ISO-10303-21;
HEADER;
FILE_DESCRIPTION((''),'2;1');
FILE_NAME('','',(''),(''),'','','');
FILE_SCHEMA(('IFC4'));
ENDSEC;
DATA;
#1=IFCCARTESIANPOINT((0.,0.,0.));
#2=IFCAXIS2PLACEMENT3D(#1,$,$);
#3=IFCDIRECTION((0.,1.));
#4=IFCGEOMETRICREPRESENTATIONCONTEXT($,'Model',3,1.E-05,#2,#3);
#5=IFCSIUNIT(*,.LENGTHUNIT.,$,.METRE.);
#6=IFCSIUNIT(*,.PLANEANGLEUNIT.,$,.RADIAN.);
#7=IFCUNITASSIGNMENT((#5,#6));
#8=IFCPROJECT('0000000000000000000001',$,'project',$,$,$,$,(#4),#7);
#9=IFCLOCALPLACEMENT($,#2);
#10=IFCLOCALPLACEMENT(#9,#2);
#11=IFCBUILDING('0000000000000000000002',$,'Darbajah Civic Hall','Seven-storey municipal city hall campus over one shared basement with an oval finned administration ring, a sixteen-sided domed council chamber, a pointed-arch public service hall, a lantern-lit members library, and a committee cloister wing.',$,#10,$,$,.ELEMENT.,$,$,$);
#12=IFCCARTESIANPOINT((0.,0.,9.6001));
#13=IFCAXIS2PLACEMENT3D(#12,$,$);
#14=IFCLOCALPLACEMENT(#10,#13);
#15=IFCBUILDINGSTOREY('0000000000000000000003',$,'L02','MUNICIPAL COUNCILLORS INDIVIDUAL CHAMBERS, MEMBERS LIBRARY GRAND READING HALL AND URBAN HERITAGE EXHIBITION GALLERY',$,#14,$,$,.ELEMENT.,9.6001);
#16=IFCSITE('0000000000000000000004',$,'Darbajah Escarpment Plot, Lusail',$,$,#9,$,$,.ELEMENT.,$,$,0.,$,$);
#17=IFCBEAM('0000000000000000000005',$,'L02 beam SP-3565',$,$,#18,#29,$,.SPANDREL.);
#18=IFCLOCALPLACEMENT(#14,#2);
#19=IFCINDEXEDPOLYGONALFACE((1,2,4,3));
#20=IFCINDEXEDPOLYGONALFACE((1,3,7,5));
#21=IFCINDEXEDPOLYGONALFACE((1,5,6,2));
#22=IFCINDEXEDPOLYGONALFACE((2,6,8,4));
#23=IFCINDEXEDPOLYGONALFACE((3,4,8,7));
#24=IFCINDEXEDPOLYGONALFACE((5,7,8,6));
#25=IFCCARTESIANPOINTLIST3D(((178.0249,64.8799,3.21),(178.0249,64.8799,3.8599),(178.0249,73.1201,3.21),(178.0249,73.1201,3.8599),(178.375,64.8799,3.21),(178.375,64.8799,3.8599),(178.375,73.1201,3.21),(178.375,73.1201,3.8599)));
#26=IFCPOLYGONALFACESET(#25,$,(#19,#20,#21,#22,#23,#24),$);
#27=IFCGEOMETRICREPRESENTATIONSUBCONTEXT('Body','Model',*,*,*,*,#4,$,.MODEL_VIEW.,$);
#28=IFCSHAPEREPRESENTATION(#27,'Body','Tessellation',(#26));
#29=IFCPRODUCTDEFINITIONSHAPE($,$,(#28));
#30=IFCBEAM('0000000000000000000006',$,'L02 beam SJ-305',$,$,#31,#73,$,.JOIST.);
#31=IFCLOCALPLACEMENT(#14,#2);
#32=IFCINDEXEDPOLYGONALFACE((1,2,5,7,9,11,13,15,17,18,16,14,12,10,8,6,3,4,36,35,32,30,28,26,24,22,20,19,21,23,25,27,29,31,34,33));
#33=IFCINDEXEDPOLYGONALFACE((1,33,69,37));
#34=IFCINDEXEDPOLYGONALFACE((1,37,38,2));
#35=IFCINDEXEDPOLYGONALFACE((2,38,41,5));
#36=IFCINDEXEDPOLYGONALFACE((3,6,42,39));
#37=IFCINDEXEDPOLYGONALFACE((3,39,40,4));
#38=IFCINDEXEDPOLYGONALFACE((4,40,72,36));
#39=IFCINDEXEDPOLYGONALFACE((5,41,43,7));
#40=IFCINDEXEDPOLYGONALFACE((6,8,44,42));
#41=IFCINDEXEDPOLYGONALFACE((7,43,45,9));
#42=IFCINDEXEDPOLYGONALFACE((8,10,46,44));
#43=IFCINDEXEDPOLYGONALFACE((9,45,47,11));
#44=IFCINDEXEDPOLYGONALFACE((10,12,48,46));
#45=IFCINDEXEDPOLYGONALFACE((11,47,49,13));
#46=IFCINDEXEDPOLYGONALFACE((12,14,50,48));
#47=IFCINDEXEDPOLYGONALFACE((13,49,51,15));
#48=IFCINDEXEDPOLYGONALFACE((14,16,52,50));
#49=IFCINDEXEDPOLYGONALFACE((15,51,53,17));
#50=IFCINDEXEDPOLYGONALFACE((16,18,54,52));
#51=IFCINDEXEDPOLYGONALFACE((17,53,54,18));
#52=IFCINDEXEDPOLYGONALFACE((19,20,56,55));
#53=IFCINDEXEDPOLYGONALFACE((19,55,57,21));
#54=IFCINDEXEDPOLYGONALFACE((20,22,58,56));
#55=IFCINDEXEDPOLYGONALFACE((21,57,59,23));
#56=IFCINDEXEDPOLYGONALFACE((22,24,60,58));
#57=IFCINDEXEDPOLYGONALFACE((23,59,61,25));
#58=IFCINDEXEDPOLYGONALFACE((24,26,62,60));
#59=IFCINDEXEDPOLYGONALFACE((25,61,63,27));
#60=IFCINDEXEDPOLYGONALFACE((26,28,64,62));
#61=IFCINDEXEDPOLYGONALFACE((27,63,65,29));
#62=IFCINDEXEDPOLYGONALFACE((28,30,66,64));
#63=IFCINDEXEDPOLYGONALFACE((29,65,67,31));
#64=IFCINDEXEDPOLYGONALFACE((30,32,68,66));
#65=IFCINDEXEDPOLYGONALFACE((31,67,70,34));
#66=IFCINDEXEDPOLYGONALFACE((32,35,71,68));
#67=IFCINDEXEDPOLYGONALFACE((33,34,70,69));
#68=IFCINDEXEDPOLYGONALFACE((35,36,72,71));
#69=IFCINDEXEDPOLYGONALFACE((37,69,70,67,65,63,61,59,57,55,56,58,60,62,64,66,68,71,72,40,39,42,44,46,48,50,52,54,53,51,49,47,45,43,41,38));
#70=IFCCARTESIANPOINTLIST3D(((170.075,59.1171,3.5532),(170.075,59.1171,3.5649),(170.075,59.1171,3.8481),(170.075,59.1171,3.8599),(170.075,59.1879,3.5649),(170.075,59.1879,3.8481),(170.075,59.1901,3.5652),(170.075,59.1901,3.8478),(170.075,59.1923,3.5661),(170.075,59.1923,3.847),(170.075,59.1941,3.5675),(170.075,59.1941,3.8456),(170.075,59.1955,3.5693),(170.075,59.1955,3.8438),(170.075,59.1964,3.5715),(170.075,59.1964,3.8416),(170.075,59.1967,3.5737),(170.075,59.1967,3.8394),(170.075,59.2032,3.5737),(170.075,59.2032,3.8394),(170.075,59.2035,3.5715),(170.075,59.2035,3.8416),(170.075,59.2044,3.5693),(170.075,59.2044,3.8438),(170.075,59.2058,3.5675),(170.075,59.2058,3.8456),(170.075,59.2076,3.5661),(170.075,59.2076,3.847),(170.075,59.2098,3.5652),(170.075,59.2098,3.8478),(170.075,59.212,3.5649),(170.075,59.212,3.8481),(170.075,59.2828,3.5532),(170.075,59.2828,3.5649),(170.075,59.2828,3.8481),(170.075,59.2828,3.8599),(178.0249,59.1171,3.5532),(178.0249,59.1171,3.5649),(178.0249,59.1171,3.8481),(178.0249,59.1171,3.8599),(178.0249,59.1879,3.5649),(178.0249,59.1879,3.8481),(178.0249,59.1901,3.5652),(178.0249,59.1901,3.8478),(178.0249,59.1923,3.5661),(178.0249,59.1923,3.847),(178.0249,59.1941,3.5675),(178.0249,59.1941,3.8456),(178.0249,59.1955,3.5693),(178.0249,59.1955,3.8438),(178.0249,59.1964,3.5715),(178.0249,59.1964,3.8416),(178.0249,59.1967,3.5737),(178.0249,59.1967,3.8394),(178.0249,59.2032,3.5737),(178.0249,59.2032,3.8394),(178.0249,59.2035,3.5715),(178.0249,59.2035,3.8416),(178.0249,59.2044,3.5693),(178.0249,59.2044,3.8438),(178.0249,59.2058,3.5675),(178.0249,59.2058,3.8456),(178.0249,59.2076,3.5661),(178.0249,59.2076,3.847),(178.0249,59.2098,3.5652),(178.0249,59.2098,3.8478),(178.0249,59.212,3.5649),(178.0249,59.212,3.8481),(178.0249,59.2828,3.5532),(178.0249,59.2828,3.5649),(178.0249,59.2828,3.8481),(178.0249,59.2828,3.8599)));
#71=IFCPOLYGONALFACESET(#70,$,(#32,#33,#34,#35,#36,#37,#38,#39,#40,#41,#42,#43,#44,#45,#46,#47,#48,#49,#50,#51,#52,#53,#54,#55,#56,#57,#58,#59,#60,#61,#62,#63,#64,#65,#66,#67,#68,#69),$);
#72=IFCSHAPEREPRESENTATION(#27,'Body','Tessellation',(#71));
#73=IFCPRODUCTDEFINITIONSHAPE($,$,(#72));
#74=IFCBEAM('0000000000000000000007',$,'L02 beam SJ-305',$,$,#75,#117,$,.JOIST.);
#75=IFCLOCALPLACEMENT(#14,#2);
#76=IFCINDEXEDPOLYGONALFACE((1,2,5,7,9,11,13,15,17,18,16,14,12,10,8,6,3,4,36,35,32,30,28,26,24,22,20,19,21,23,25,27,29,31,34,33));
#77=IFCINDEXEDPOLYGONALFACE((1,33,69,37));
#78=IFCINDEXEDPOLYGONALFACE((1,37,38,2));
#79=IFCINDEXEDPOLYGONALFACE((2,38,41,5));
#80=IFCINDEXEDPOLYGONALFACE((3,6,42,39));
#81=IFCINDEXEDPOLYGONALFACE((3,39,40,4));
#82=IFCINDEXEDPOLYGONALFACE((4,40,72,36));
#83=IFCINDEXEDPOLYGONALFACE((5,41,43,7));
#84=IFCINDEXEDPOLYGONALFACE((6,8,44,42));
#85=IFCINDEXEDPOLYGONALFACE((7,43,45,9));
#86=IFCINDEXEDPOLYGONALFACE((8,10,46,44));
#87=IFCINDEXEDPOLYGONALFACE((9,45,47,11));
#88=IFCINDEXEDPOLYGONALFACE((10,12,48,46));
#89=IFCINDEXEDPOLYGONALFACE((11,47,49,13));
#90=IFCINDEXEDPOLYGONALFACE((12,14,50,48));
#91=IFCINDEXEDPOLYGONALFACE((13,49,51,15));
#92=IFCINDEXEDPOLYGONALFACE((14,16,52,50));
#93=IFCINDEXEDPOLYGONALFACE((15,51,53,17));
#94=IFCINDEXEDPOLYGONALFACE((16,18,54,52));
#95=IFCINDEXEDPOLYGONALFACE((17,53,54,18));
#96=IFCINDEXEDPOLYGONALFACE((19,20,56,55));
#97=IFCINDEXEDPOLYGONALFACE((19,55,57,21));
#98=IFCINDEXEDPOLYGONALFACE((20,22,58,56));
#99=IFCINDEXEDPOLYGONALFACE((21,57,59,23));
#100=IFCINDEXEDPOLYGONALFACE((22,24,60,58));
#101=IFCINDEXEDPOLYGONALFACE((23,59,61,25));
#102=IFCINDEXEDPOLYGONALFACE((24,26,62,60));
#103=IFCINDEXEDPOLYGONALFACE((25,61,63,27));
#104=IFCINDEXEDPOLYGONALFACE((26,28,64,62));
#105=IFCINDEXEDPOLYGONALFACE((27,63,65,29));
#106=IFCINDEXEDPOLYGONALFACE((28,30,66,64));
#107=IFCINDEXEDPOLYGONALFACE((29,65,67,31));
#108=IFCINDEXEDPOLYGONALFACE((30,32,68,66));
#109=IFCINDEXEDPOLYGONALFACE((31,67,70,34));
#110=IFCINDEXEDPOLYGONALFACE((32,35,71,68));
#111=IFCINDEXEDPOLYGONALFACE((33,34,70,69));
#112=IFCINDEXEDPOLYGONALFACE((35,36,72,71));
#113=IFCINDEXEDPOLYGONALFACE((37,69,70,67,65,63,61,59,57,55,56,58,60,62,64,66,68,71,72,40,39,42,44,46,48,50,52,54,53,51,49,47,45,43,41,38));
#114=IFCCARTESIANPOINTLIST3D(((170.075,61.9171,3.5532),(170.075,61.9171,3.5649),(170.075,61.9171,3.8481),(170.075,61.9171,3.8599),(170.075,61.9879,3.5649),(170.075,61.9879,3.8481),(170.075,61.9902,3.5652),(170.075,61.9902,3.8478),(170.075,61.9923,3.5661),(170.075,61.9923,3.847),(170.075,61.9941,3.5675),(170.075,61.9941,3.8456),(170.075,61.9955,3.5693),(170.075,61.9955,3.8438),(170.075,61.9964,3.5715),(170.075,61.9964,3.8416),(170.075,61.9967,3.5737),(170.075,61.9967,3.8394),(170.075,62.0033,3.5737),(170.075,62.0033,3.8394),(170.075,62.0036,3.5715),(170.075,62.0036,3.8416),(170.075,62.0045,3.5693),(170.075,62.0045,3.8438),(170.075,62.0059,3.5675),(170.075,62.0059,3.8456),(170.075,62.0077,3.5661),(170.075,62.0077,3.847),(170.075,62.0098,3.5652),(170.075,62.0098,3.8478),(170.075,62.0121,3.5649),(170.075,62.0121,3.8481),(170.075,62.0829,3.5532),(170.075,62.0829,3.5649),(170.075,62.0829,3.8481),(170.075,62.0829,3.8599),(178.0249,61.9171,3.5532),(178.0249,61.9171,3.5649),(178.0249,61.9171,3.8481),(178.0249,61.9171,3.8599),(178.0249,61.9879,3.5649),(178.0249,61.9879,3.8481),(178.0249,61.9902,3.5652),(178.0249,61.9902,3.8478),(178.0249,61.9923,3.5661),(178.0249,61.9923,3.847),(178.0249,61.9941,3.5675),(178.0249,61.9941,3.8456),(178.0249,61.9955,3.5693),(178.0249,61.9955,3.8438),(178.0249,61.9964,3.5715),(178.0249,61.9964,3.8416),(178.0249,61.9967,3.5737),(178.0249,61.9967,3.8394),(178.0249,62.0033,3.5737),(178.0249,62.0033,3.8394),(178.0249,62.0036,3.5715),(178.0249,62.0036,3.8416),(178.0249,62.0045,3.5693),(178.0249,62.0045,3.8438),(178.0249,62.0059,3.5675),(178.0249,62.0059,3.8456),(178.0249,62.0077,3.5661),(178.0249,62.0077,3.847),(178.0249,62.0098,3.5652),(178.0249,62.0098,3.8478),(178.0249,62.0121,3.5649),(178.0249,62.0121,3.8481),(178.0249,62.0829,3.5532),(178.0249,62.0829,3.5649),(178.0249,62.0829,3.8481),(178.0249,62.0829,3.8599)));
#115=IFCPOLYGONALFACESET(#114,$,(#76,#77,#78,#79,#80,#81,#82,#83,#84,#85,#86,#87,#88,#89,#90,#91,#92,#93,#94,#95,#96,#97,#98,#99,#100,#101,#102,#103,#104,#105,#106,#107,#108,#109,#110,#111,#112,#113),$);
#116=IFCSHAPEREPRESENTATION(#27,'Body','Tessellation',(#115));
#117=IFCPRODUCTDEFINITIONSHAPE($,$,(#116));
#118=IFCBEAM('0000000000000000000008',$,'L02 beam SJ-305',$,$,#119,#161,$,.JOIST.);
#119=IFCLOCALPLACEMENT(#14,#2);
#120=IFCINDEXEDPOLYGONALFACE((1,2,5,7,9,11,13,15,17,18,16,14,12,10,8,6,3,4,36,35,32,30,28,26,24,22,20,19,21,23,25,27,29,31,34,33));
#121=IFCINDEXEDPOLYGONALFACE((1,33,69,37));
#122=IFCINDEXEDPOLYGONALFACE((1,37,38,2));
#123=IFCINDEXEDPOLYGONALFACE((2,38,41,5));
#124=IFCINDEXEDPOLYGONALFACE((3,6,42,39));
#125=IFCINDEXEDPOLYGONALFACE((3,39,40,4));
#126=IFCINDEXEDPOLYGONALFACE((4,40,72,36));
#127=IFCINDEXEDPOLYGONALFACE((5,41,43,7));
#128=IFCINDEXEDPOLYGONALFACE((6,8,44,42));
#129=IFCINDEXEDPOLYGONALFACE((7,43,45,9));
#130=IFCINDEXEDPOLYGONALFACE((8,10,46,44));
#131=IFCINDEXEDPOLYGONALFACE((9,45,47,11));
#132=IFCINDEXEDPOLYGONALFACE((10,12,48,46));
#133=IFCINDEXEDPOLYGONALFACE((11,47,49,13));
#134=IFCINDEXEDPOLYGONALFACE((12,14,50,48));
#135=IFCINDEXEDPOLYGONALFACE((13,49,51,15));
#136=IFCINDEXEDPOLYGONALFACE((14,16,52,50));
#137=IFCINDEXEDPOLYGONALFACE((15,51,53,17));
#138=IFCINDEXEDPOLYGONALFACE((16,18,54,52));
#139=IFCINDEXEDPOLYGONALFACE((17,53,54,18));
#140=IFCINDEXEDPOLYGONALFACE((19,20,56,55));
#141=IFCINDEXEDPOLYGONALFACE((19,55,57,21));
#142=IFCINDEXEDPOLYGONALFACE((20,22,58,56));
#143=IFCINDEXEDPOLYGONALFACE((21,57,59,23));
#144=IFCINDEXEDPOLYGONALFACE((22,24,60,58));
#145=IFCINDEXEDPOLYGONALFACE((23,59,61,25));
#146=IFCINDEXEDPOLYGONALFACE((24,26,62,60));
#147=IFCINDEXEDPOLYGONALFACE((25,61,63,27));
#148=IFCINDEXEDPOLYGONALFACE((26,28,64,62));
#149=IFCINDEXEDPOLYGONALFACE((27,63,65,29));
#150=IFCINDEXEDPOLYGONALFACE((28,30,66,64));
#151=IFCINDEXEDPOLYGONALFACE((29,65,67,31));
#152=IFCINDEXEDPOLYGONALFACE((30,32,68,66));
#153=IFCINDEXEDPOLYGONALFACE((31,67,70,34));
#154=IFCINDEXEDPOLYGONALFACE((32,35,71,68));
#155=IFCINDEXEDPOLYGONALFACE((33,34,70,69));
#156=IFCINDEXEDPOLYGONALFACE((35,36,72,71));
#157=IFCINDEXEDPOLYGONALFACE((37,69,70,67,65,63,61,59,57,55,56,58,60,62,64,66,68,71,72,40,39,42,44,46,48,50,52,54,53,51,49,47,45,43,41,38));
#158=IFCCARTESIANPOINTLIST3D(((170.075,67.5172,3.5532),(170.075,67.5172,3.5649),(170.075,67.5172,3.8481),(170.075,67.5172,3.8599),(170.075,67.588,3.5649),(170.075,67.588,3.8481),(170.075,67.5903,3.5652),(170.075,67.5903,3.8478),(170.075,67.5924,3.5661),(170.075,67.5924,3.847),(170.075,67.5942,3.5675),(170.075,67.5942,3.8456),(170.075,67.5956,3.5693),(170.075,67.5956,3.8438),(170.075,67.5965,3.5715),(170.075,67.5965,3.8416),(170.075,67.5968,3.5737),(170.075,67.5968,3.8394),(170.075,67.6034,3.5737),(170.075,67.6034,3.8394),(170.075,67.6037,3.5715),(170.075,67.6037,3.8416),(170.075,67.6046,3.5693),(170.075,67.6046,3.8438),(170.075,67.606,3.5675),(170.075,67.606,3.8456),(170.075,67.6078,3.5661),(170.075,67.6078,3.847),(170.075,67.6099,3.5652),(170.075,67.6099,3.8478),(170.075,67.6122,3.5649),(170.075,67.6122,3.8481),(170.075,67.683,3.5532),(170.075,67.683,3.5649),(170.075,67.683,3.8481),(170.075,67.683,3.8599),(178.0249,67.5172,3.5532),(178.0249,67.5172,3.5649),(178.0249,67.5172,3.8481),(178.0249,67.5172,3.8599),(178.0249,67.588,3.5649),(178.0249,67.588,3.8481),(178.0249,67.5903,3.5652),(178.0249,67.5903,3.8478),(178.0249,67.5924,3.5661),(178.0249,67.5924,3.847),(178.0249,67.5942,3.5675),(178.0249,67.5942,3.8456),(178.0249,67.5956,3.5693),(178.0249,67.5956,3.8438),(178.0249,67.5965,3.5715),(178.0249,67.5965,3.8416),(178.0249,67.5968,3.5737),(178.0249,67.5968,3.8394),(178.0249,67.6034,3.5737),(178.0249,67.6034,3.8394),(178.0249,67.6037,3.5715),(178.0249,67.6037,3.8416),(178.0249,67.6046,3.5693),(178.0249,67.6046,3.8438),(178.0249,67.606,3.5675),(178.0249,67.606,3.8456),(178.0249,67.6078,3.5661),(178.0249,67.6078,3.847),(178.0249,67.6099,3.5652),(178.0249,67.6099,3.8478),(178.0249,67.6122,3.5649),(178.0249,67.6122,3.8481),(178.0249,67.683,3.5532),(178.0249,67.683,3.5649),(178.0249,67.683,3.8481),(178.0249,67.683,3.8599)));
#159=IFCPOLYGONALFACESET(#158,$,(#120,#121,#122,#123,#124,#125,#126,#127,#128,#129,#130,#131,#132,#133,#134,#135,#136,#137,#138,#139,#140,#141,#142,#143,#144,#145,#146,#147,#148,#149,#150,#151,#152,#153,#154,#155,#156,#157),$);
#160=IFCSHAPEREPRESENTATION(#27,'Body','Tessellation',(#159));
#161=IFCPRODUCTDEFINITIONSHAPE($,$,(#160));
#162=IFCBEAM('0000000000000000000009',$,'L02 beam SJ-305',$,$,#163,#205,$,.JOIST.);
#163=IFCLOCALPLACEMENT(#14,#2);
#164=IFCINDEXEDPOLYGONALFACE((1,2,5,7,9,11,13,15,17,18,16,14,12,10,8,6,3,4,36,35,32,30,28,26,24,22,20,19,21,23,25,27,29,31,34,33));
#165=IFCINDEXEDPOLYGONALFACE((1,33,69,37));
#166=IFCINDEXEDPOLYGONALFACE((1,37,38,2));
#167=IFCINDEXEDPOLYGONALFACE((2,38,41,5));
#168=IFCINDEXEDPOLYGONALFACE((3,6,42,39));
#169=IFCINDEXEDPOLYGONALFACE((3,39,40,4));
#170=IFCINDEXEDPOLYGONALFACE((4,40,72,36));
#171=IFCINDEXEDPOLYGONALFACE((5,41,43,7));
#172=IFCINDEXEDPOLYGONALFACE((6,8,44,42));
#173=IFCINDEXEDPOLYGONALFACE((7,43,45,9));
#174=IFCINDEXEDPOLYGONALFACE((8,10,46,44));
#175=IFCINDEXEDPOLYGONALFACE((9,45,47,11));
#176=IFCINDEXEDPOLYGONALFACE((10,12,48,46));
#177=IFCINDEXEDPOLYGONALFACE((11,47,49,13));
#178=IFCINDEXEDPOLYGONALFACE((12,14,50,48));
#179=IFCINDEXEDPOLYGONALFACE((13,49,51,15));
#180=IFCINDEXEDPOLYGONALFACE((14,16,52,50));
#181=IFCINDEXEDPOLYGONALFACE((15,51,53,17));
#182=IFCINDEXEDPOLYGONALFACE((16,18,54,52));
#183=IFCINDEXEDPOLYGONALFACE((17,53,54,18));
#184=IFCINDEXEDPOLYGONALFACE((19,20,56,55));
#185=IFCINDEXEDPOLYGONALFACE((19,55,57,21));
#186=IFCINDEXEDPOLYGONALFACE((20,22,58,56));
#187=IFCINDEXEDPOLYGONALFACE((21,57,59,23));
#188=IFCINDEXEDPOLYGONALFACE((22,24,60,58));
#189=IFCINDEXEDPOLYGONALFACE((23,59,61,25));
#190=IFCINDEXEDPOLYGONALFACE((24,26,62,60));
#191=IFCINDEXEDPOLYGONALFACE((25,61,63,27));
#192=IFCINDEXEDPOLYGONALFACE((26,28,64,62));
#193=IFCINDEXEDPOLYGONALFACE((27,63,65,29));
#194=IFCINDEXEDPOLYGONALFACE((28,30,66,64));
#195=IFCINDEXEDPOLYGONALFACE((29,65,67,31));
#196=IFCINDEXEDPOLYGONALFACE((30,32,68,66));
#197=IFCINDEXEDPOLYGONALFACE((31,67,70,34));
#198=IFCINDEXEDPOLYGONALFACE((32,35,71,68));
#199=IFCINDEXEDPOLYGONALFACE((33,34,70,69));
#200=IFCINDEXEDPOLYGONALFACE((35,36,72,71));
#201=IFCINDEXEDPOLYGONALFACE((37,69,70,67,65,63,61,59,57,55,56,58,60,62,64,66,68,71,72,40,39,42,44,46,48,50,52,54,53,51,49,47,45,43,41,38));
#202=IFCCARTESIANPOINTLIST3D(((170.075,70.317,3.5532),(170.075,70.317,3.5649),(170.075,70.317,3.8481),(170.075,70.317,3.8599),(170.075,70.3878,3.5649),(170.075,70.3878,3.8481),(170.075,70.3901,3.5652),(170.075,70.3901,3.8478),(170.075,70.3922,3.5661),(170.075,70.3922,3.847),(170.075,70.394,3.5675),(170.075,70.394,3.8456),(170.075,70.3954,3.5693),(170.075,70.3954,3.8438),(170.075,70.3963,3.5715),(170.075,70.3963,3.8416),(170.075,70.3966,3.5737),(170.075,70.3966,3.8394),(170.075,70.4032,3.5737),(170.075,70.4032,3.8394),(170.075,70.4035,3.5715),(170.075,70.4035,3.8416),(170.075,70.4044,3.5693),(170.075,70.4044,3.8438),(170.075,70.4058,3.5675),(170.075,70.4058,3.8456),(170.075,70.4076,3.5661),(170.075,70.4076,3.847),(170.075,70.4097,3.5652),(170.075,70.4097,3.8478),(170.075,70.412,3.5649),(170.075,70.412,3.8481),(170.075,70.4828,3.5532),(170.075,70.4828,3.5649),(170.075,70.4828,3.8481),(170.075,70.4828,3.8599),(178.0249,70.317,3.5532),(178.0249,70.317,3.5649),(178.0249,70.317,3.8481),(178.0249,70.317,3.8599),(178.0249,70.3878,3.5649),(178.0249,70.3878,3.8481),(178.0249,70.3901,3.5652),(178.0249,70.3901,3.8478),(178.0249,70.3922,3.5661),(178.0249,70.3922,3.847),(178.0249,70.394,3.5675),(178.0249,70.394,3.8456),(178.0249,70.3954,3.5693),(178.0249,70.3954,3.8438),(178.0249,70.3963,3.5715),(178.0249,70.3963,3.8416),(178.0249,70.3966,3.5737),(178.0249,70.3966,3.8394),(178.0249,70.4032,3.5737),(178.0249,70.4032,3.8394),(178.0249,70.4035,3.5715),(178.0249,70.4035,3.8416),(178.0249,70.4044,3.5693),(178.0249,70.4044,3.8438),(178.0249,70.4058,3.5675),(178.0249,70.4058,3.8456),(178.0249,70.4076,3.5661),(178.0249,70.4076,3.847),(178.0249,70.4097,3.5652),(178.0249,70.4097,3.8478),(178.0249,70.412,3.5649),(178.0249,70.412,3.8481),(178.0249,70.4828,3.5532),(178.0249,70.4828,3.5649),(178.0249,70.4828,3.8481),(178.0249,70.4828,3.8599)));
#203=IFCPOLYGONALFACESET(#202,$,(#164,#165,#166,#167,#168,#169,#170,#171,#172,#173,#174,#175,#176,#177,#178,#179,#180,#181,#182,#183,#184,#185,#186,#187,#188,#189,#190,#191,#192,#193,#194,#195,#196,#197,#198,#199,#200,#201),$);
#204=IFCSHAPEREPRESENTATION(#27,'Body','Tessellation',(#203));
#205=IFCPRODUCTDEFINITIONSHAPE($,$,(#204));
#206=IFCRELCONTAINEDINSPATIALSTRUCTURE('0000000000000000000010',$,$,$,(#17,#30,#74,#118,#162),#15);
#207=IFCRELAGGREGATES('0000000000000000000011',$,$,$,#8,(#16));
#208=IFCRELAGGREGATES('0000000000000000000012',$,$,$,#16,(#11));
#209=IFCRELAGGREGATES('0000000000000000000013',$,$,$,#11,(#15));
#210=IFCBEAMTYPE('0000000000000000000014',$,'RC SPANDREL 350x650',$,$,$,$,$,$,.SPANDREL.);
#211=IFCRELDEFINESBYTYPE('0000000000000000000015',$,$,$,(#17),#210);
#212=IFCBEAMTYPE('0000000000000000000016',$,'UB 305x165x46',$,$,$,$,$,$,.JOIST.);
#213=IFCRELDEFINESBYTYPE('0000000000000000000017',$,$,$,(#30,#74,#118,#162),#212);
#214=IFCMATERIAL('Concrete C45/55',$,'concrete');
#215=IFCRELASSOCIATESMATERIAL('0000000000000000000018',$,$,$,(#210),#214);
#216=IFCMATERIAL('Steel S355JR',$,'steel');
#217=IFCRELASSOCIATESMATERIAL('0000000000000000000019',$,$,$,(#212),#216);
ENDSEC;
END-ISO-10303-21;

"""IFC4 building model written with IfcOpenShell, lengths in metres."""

from ifc_helpers import new_model, si_unit, direction, frame, origin, origin_2d, place, context, subcontext, project, spatial, rectangle, i_section, extrude, material, material_profile, profile_set, type_object, element, save


model = new_model("IFC4")

# Units and contexts
model_context = context("Model", 3, precision=1e-05, world=origin(), true_north=direction((0.0, 1.0)))
body_context = subcontext(model_context, "Body", "Model", "MODEL_VIEW")
ifc_project = project(units=[si_unit("LENGTHUNIT", "METRE"), si_unit("PLANEANGLEUNIT", "RADIAN")], contexts=[model_context])

# Site, building, storey
site_placement = place(None, origin())
site = spatial("IfcSite", under=ifc_project, at=site_placement, Name="Darbajah Escarpment Plot, Lusail", CompositionType="ELEMENT", RefElevation=0.0)
building_placement = place(site_placement, origin())
building = spatial("IfcBuilding", under=site, at=building_placement, Name="Darbajah Civic Hall", Description="Seven-storey municipal city hall campus over one shared basement with an oval finned administration ring, a sixteen-sided domed council chamber, a pointed-arch public service hall, a lantern-lit members library, and a committee cloister wing.", CompositionType="ELEMENT")
storey_placement = place(building_placement, frame((0.0, 0.0, 9.6001)))
storey = spatial("IfcBuildingStorey", under=building, at=storey_placement, Name="L02", Description="MUNICIPAL COUNCILLORS INDIVIDUAL CHAMBERS, MEMBERS LIBRARY GRAND READING HALL AND URBAN HERITAGE EXHIBITION GALLERY", CompositionType="ELEMENT", Elevation=9.6001)

# Shared definitions
ifc_material_1 = material(Name="Concrete C45/55", Category="concrete")

# Beams
ifc_material_profile_1 = material_profile(ifc_material_1, rectangle(XDim=0.3501, YDim=0.6499, at=origin_2d()), Name="RC SPANDREL 350x650")
ifc_profile_set_1 = profile_set([ifc_material_profile_1], Name="Concrete C45/55")
beam_type_1 = type_object("IfcBeamType", Name="RC SPANDREL 350x650", PredefinedType="SPANDREL", material=ifc_profile_set_1)
beam_placement = place(storey_placement, frame((178.2, 64.8799, 3.5349), z_axis=(0.0, 1.0, 0.0), x_axis=(-1.0, 0.0, 0.0)))
element("IfcBeam", 1, at=beam_placement, inside=storey, type_object=beam_type_1, Name="L02 beam SP-3565", PredefinedType="SPANDREL", context=body_context, shape_type="SweptSolid", body=[
    extrude(rectangle(XDim=0.3501, YDim=0.6499, at=origin_2d()), origin(), (0.0, 0.0, 1.0), 8.2402),
])
ifc_material_2 = material(Name="Steel S355JR", Category="steel")
ifc_material_profile_2 = material_profile(ifc_material_2, i_section(OverallWidth=0.1658, OverallDepth=0.3066, WebThickness=0.0066, FlangeThickness=0.0117, FilletRadius=0.0088, at=origin_2d()), Name="UB 305x165x46")
ifc_profile_set_2 = profile_set([ifc_material_profile_2], Name="Steel S355JR")
beam_type_2 = type_object("IfcBeamType", Name="UB 305x165x46", PredefinedType="JOIST", material=ifc_profile_set_2)
for number, where, z_axis, x_axis, name in (
    (2, (170.075, 59.2, 3.7065), (1.0, 0.0, 0.0), (0.0, 1.0, 0.0), "L02 beam SJ-305"),
    (3, (170.075, 62.0, 3.7065), (1.0, 0.0, 0.0), (0.0, 1.0, 0.0), "L02 beam SJ-305"),
    (4, (170.075, 67.6001, 3.7065), (1.0, 0.0, 0.0), (0.0, 1.0, 0.0), "L02 beam SJ-305"),
    (5, (170.075, 70.3999, 3.7065), (1.0, 0.0, 0.0), (0.0, 1.0, 0.0), "L02 beam SJ-305"),
):
    element("IfcBeam", number, at=place(storey_placement, frame(where, z_axis=z_axis, x_axis=x_axis)), inside=storey, type_object=beam_type_2, Name=name, PredefinedType="JOIST", context=body_context, shape_type="SweptSolid", body=[
        extrude(i_section(OverallWidth=0.1658, OverallDepth=0.3066, WebThickness=0.0066, FlangeThickness=0.0117, FilletRadius=0.0088, at=origin_2d()), origin(), (0.0, 0.0, 1.0), 7.95),
    ])

save(model, "model.ifc")
